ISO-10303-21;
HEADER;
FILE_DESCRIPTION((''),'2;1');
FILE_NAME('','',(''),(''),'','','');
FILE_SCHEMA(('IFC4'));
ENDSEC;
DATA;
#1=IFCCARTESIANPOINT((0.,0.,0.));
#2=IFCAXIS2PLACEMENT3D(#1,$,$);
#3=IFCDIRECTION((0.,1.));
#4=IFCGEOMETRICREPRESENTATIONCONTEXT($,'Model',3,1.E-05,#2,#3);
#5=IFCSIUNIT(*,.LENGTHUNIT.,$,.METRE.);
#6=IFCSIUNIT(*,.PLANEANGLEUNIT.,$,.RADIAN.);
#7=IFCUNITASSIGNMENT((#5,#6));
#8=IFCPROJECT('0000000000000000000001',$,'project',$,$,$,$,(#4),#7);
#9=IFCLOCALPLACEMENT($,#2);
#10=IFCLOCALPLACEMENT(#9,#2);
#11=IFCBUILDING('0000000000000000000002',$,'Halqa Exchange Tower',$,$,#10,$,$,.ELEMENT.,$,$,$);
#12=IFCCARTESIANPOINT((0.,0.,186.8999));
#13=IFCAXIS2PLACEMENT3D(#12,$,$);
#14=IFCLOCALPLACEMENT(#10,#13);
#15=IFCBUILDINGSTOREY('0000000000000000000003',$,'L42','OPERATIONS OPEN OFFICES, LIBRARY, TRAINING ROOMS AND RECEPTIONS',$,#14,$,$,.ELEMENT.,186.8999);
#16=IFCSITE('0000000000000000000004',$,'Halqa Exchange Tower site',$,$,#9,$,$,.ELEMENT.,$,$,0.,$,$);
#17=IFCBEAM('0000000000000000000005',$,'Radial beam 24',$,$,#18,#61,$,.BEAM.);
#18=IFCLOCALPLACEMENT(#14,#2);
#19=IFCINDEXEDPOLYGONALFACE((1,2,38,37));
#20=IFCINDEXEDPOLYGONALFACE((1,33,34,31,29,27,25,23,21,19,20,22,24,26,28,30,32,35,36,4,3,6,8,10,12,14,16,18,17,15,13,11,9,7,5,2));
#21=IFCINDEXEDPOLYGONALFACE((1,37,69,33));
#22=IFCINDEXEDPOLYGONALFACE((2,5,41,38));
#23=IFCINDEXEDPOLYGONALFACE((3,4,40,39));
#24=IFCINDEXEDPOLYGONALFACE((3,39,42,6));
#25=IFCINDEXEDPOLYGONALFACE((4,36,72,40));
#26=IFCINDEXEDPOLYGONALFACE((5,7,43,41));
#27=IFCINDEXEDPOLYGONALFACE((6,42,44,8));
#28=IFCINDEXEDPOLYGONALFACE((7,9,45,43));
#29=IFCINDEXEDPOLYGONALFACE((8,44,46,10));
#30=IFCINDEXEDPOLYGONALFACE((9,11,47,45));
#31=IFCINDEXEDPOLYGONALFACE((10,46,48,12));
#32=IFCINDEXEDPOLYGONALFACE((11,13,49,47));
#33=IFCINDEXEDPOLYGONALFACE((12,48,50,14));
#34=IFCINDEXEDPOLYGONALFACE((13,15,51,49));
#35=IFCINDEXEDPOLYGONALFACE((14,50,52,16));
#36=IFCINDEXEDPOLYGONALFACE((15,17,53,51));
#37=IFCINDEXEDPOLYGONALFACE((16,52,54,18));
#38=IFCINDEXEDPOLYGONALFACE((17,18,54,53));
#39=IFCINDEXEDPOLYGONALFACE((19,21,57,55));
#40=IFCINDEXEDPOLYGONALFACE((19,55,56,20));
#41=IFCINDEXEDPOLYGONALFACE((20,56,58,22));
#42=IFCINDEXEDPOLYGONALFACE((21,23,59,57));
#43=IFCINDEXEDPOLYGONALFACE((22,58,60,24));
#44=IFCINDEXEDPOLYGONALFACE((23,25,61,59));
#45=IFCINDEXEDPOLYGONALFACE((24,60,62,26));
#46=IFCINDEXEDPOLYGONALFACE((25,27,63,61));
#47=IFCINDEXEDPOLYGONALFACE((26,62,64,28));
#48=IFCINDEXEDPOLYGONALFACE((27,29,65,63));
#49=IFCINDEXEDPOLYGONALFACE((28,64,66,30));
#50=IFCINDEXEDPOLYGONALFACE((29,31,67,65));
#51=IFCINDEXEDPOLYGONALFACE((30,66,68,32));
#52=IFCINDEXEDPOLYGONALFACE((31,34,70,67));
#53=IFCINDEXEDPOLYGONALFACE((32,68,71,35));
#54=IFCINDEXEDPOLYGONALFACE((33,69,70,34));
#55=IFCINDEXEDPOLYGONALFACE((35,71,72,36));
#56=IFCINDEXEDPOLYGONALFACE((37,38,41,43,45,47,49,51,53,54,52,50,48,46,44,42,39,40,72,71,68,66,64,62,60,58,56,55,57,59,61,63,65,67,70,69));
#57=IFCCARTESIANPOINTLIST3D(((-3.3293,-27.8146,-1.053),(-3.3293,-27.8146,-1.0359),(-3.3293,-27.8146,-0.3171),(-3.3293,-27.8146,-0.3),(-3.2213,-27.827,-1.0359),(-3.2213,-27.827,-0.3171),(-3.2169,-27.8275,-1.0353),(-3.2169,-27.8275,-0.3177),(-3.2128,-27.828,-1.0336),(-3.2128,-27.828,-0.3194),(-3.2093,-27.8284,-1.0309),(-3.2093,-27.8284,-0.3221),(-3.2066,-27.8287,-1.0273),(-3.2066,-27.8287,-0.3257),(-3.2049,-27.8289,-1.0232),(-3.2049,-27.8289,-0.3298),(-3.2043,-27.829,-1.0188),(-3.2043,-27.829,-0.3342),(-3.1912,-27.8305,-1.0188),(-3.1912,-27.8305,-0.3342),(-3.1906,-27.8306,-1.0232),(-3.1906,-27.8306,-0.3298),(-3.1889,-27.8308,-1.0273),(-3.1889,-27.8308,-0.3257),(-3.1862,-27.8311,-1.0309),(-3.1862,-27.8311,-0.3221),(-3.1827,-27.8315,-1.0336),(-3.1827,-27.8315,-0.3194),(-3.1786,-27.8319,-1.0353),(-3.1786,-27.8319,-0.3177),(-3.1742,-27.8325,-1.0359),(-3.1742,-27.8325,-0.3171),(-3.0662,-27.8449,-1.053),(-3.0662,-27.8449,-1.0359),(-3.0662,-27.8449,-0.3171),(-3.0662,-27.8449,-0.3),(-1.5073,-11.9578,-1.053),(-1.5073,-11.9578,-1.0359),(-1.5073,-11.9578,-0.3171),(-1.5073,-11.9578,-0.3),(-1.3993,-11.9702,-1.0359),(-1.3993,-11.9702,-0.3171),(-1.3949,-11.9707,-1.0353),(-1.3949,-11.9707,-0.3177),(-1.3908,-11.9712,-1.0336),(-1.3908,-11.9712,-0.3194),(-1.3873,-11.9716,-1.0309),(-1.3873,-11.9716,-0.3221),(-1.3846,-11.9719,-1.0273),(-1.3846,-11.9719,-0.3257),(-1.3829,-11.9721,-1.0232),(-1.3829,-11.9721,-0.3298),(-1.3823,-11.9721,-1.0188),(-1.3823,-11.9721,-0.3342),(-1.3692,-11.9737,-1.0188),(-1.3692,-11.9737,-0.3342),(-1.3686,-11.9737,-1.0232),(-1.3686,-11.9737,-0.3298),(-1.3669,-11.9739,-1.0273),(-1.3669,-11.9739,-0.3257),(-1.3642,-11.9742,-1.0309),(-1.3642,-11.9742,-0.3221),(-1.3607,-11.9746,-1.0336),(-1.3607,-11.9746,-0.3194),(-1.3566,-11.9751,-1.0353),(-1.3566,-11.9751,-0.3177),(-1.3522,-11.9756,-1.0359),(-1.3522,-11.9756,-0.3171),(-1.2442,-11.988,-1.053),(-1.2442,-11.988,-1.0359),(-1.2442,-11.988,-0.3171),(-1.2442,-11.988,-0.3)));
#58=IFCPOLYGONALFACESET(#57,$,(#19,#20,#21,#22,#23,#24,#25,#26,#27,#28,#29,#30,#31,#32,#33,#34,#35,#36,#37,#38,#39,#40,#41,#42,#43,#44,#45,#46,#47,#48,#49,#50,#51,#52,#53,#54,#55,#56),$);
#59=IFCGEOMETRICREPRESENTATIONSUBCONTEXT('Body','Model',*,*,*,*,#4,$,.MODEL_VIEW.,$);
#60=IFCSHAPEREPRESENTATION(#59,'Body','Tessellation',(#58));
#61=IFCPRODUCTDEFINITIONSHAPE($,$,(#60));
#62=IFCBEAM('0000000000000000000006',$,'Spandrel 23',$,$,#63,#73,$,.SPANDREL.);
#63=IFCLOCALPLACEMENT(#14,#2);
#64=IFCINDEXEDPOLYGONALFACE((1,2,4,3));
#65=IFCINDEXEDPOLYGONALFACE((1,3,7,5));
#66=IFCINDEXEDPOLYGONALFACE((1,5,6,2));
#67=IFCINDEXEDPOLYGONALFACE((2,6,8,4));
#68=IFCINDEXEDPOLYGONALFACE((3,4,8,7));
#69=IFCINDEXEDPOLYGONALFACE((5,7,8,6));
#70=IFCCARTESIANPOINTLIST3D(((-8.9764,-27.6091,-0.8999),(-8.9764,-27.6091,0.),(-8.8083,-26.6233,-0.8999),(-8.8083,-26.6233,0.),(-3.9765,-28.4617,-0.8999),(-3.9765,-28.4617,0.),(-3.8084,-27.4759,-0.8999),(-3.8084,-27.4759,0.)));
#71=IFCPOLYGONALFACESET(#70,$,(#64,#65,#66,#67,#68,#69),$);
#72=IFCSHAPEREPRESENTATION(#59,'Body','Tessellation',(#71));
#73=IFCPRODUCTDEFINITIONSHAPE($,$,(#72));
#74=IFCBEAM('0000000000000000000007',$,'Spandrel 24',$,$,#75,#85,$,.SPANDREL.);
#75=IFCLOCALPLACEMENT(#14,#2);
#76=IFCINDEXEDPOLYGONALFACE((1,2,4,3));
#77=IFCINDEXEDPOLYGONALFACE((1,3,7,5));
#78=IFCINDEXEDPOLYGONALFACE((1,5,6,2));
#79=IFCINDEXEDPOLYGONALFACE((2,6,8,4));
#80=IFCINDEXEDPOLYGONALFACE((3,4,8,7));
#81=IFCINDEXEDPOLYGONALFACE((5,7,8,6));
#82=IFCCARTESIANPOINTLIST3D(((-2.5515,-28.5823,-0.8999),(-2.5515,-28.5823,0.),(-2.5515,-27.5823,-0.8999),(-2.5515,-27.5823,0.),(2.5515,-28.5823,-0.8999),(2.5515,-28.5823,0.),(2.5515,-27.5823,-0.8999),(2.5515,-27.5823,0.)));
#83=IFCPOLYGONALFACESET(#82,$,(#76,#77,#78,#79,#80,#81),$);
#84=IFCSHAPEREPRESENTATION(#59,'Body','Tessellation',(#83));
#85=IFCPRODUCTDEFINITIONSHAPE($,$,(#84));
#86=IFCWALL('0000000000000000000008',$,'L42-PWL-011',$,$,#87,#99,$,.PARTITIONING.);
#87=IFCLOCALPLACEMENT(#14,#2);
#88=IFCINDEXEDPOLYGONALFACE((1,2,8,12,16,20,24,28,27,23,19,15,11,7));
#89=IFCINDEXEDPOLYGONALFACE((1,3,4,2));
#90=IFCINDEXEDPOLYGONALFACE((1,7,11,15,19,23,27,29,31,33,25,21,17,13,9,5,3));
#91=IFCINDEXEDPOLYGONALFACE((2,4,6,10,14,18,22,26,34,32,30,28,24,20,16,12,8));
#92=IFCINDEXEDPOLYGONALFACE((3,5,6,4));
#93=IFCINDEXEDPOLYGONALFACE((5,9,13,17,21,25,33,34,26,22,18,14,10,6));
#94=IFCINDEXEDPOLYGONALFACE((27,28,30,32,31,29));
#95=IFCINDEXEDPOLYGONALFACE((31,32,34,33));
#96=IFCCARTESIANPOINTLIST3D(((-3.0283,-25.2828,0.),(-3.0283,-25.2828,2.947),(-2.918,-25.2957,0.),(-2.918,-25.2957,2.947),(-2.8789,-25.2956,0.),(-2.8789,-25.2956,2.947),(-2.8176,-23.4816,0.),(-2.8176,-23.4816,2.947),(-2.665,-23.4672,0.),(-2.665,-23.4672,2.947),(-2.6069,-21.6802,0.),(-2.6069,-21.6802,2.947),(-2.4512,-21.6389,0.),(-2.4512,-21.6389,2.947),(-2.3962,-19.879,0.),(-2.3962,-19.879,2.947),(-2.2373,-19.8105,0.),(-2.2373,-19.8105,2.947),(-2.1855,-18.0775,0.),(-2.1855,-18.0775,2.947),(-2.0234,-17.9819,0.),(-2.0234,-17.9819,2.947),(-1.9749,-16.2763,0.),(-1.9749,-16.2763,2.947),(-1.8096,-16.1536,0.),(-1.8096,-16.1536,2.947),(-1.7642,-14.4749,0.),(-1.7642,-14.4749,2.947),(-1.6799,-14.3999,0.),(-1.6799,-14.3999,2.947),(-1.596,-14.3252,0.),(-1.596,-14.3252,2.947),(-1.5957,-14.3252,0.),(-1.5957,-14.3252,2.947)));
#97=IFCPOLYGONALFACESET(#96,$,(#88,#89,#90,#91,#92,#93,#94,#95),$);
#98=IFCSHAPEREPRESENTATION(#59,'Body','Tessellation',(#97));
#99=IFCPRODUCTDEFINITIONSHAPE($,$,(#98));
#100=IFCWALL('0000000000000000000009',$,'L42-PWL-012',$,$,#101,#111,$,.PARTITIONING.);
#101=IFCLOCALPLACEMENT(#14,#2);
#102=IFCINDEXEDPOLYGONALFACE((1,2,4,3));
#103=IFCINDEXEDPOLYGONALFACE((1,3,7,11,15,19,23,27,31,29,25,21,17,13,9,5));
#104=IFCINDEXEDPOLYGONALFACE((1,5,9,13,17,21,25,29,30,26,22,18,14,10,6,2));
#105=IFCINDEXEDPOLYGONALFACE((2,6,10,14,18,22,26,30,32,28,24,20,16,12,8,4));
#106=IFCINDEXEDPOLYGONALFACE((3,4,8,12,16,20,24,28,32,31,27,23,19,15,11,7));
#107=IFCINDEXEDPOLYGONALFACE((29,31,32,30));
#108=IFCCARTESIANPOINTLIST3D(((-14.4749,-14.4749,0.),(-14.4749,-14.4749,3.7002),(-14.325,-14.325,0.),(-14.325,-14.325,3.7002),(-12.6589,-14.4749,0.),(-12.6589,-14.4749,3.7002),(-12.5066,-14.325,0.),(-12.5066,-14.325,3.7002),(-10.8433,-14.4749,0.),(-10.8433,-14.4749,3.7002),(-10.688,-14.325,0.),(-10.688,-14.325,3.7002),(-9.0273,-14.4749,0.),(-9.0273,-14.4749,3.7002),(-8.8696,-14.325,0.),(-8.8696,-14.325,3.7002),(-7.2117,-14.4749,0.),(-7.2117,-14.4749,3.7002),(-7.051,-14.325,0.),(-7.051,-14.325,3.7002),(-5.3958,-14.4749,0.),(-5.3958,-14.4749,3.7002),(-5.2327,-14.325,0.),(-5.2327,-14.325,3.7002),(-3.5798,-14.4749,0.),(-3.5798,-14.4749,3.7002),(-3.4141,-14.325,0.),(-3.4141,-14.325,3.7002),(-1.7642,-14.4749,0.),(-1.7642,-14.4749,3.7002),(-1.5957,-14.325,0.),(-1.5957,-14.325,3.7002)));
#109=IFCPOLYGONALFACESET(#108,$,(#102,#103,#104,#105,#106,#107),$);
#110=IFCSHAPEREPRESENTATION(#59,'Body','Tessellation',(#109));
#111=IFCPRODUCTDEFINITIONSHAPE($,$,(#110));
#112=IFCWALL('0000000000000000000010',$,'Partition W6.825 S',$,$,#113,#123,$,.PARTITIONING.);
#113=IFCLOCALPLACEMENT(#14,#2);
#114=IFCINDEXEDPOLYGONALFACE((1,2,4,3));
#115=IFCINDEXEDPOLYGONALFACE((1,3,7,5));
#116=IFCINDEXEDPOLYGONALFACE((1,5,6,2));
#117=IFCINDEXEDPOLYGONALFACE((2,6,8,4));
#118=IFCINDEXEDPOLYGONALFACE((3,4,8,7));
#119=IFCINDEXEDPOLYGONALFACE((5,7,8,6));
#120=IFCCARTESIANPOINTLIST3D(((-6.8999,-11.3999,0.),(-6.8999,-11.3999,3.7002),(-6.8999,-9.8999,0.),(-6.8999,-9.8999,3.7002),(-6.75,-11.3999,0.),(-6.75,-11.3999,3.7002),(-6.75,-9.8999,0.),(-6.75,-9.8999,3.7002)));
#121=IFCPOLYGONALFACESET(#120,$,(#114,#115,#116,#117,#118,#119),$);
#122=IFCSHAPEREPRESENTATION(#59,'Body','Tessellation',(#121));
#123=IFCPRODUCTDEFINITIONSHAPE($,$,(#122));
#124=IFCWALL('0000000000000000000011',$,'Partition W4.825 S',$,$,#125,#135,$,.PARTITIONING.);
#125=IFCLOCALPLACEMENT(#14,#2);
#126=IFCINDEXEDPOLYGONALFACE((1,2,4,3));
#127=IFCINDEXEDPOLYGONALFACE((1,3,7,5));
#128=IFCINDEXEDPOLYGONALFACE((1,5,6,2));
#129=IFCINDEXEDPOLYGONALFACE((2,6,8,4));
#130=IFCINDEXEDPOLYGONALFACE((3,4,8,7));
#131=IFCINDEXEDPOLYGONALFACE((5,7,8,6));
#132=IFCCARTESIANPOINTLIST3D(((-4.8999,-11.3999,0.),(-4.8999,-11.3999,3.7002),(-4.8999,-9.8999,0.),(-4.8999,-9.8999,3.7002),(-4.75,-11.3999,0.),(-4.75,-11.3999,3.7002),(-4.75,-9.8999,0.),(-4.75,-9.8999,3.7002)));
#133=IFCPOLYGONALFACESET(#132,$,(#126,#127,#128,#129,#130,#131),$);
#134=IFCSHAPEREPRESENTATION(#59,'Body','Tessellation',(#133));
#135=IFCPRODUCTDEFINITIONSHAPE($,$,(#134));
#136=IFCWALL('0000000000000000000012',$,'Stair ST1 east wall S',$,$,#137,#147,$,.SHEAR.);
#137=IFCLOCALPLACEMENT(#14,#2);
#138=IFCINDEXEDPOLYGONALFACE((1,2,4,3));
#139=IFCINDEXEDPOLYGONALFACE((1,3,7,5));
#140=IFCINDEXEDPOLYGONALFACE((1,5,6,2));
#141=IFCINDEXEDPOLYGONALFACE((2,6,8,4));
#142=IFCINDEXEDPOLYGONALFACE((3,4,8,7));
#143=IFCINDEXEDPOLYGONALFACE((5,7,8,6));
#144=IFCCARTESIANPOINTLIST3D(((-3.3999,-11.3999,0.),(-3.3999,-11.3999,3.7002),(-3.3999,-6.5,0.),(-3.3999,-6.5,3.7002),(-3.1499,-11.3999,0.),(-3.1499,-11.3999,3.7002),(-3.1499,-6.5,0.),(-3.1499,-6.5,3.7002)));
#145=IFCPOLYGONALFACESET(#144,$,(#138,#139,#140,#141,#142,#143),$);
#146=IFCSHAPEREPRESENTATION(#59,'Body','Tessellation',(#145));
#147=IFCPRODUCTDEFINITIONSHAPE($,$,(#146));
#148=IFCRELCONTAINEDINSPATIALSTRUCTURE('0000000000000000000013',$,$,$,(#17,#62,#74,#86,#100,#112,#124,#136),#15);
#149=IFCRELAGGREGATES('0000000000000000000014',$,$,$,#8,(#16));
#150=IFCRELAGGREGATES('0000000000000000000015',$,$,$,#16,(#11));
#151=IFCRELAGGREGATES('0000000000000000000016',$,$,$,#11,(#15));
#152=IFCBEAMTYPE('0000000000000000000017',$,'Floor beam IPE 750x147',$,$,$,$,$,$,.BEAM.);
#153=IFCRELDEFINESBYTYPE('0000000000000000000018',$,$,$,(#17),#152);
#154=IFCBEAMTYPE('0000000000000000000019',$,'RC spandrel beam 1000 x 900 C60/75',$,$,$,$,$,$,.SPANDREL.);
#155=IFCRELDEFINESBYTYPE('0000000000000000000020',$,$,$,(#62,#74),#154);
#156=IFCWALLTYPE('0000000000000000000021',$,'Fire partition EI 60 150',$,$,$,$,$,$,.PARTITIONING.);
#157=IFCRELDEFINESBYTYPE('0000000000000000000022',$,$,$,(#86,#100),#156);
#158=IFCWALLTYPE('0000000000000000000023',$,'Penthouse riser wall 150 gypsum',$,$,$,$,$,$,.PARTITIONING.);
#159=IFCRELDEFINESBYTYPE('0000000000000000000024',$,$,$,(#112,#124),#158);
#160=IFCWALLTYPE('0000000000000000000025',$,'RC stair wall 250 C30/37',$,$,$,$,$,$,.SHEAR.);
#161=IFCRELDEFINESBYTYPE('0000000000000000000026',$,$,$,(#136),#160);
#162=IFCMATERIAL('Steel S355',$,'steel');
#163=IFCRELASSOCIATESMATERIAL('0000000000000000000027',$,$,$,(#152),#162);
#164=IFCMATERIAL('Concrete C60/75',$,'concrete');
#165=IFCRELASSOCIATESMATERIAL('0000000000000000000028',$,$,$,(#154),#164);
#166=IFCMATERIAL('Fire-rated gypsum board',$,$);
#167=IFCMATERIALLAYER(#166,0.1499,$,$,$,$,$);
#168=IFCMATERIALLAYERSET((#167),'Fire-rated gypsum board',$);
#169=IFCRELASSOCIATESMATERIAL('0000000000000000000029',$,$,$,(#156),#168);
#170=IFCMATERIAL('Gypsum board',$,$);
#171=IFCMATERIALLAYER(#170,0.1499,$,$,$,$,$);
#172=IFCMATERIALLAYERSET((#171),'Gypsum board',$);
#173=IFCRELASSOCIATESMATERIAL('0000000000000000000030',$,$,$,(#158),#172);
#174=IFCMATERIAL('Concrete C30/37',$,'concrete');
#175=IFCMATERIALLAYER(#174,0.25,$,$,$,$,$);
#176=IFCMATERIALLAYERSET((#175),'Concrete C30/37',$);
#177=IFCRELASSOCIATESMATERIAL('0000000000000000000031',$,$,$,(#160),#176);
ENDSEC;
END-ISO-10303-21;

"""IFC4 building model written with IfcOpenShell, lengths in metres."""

from ifc_helpers import new_model, si_unit, direction, frame, frame_2d, origin, origin_2d, place, context, subcontext, project, spatial, polyline, rectangle, i_section, outline, extrude, material, layer, layer_set, material_profile, profile_set, type_object, element, save


model = new_model("IFC4")

# Units and contexts
model_context = context("Model", 3, precision=1e-05, world=origin(), true_north=direction((0.0, 1.0)))
body_context = subcontext(model_context, "Body", "Model", "MODEL_VIEW")
ifc_project = project(units=[si_unit("LENGTHUNIT", "METRE"), si_unit("PLANEANGLEUNIT", "RADIAN")], contexts=[model_context])

# Site, building, storey
site_placement = place(None, origin())
site = spatial("IfcSite", under=ifc_project, at=site_placement, Name="Halqa Exchange Tower site", CompositionType="ELEMENT", RefElevation=0.0)
building_placement = place(site_placement, origin())
building = spatial("IfcBuilding", under=site, at=building_placement, Name="Halqa Exchange Tower", CompositionType="ELEMENT")
storey_placement = place(building_placement, frame((0.0, 0.0, 186.8999)))
storey = spatial("IfcBuildingStorey", under=building, at=storey_placement, Name="L42", Description="OPERATIONS OPEN OFFICES, LIBRARY, TRAINING ROOMS AND RECEPTIONS", CompositionType="ELEMENT", Elevation=186.8999)

# Beams
ifc_material_1 = material(Name="Steel S355", Category="steel")
ifc_material_profile_1 = material_profile(ifc_material_1, i_section(OverallWidth=0.2649, OverallDepth=0.7529, WebThickness=0.0132, FlangeThickness=0.0171, FilletRadius=0.0171, at=origin_2d()), Name="IPE 750x147")
ifc_profile_set_1 = profile_set([ifc_material_profile_1], Name="Steel S355")
beam_type_1 = type_object("IfcBeamType", Name="Floor beam IPE 750x147", PredefinedType="BEAM", material=ifc_profile_set_1)
beam_1_placement = place(storey_placement, frame((-1.3757, -11.9729, -0.6765), z_axis=(-0.114153, -0.993463, 0.0), x_axis=(0.993463, -0.114153, 0.0)))
element("IfcBeam", 1, at=beam_1_placement, inside=storey, type_object=beam_type_1, Name="Radial beam 24", PredefinedType="BEAM", context=body_context, shape_type="SweptSolid", body=[
    extrude(i_section(OverallWidth=0.2649, OverallDepth=0.7529, WebThickness=0.0132, FlangeThickness=0.0171, FilletRadius=0.0171, at=origin_2d()), origin(), (0.0, 0.0, 1.0), 15.9612),
])
ifc_material_2 = material(Name="Concrete C60/75", Category="concrete")
ifc_material_profile_2 = material_profile(ifc_material_2, rectangle(XDim=1.0, YDim=0.8999, at=origin_2d()), Name="1000 x 900")
ifc_profile_set_2 = profile_set([ifc_material_profile_2], Name="Concrete C60/75")
beam_type_2 = type_object("IfcBeamType", Name="RC spandrel beam 1000 x 900 C60/75", PredefinedType="SPANDREL", material=ifc_profile_set_2)
beam_2_placement = place(storey_placement, frame((-8.8923, -27.1162, -0.45), z_axis=(0.985772, -0.16809, 0.0), x_axis=(0.16809, 0.985772, 0.0)))
element("IfcBeam", 2, at=beam_2_placement, inside=storey, type_object=beam_type_2, Name="Spandrel 23", PredefinedType="SPANDREL", context=body_context, shape_type="SweptSolid", body=[
    extrude(rectangle(XDim=1.0, YDim=0.8999, at=origin_2d()), origin(), (0.0, 0.0, 1.0), 5.072),
])
beam_3_placement = place(storey_placement, frame((-2.5515, -28.0823, -0.45), z_axis=(1.0, 0.0, 0.0), x_axis=(0.0, 1.0, 0.0)))
element("IfcBeam", 3, at=beam_3_placement, inside=storey, type_object=beam_type_2, Name="Spandrel 24", PredefinedType="SPANDREL", context=body_context, shape_type="SweptSolid", body=[
    extrude(rectangle(XDim=1.0, YDim=0.8999, at=origin_2d()), origin(), (0.0, 0.0, 1.0), 5.103),
])

# Walls
ifc_material_3 = material(Name="Fire-rated gypsum board")
ifc_layer_1 = layer(ifc_material_3, 0.1499)
ifc_layer_set_1 = layer_set([ifc_layer_1], Name="Fire-rated gypsum board")
wall_type_1 = type_object("IfcWallType", Name="Fire partition EI 60 150", PredefinedType="PARTITIONING", material=ifc_layer_set_1)
wall_1_placement = place(storey_placement, frame((-2.9539, -25.2915, 0.0), z_axis=(0.0, 0.0, 1.0), x_axis=(0.116172, 0.993229, 0.0)))
element("IfcWall", 4, at=wall_1_placement, inside=storey, type_object=wall_type_1, Name="L42-PWL-011", PredefinedType="PARTITIONING", context=body_context, shape_type="SweptSolid", body=[
    extrude(outline(polyline([(11.0498, -0.075), (11.0498, -0.0747), (10.9658, 0.0), (10.8816, 0.075), (9.0679, 0.075), (7.2544, 0.075), (5.4407, 0.075), (3.6272, 0.075), (1.8135, 0.075), (0.0, 0.075), (0.0, -0.0361), (0.0046, -0.075), (1.8455, -0.075), (3.6863, -0.075), (5.5271, -0.075), (7.3682, -0.075), (9.209, -0.075), (11.0498, -0.075)])), origin(), (0.0, 0.0, 1.0), 2.947),
])
wall_2_placement = place(storey_placement, frame((-1.5957, -14.3999, 0.0), z_axis=(0.0, 0.0, 1.0), x_axis=(-1.0, 0.0, 0.0)))
element("IfcWall", 5, at=wall_2_placement, inside=storey, type_object=wall_type_1, Name="L42-PWL-012", PredefinedType="PARTITIONING", context=body_context, shape_type="SweptSolid", body=[
    extrude(outline(polyline([(0.0, -0.075), (1.8184, -0.075), (3.637, -0.075), (5.4553, -0.075), (7.2739, -0.075), (9.0923, -0.075), (10.9109, -0.075), (12.7292, -0.075), (12.8792, 0.075), (11.0632, 0.075), (9.2476, 0.075), (7.4316, 0.075), (5.616, 0.075), (3.8, 0.075), (1.9841, 0.075), (0.1685, 0.075), (0.0, -0.075), (0.0, -0.075)])), origin(), (0.0, 0.0, 1.0), 3.7002),
])
ifc_material_4 = material(Name="Gypsum board")
ifc_layer_2 = layer(ifc_material_4, 0.1499)
ifc_layer_set_2 = layer_set([ifc_layer_2], Name="Gypsum board")
wall_type_2 = type_object("IfcWallType", Name="Penthouse riser wall 150 gypsum", PredefinedType="PARTITIONING", material=ifc_layer_set_2)
for number, where, z_axis, x_axis, name in (
    (6, (-6.825, -11.3999, 0.0), (0.0, 0.0, 1.0), (0.0, 1.0, 0.0), "Partition W6.825 S"),
    (7, (-4.825, -11.3999, 0.0), (0.0, 0.0, 1.0), (0.0, 1.0, 0.0), "Partition W4.825 S"),
):
    element("IfcWall", number, at=place(storey_placement, frame(where, z_axis=z_axis, x_axis=x_axis)), inside=storey, type_object=wall_type_2, Name=name, PredefinedType="PARTITIONING", context=body_context, shape_type="SweptSolid", body=[
        extrude(rectangle(XDim=1.5, YDim=0.1499, at=frame_2d((0.75, 0.0))), origin(), (0.0, 0.0, 1.0), 3.7002),
    ])
ifc_material_5 = material(Name="Concrete C30/37", Category="concrete")
ifc_layer_3 = layer(ifc_material_5, 0.25)
ifc_layer_set_3 = layer_set([ifc_layer_3], Name="Concrete C30/37")
wall_type_3 = type_object("IfcWallType", Name="RC stair wall 250 C30/37", PredefinedType="SHEAR", material=ifc_layer_set_3)
wall_3_placement = place(storey_placement, frame((-3.2749, -11.3999, 0.0), z_axis=(0.0, 0.0, 1.0), x_axis=(0.0, 1.0, 0.0)))
element("IfcWall", 8, at=wall_3_placement, inside=storey, type_object=wall_type_3, Name="Stair ST1 east wall S", PredefinedType="SHEAR", context=body_context, shape_type="SweptSolid", body=[
    extrude(rectangle(XDim=4.8999, YDim=0.25, at=frame_2d((2.45, 0.0))), origin(), (0.0, 0.0, 1.0), 3.7002),
])

save(model, "model.ifc")
